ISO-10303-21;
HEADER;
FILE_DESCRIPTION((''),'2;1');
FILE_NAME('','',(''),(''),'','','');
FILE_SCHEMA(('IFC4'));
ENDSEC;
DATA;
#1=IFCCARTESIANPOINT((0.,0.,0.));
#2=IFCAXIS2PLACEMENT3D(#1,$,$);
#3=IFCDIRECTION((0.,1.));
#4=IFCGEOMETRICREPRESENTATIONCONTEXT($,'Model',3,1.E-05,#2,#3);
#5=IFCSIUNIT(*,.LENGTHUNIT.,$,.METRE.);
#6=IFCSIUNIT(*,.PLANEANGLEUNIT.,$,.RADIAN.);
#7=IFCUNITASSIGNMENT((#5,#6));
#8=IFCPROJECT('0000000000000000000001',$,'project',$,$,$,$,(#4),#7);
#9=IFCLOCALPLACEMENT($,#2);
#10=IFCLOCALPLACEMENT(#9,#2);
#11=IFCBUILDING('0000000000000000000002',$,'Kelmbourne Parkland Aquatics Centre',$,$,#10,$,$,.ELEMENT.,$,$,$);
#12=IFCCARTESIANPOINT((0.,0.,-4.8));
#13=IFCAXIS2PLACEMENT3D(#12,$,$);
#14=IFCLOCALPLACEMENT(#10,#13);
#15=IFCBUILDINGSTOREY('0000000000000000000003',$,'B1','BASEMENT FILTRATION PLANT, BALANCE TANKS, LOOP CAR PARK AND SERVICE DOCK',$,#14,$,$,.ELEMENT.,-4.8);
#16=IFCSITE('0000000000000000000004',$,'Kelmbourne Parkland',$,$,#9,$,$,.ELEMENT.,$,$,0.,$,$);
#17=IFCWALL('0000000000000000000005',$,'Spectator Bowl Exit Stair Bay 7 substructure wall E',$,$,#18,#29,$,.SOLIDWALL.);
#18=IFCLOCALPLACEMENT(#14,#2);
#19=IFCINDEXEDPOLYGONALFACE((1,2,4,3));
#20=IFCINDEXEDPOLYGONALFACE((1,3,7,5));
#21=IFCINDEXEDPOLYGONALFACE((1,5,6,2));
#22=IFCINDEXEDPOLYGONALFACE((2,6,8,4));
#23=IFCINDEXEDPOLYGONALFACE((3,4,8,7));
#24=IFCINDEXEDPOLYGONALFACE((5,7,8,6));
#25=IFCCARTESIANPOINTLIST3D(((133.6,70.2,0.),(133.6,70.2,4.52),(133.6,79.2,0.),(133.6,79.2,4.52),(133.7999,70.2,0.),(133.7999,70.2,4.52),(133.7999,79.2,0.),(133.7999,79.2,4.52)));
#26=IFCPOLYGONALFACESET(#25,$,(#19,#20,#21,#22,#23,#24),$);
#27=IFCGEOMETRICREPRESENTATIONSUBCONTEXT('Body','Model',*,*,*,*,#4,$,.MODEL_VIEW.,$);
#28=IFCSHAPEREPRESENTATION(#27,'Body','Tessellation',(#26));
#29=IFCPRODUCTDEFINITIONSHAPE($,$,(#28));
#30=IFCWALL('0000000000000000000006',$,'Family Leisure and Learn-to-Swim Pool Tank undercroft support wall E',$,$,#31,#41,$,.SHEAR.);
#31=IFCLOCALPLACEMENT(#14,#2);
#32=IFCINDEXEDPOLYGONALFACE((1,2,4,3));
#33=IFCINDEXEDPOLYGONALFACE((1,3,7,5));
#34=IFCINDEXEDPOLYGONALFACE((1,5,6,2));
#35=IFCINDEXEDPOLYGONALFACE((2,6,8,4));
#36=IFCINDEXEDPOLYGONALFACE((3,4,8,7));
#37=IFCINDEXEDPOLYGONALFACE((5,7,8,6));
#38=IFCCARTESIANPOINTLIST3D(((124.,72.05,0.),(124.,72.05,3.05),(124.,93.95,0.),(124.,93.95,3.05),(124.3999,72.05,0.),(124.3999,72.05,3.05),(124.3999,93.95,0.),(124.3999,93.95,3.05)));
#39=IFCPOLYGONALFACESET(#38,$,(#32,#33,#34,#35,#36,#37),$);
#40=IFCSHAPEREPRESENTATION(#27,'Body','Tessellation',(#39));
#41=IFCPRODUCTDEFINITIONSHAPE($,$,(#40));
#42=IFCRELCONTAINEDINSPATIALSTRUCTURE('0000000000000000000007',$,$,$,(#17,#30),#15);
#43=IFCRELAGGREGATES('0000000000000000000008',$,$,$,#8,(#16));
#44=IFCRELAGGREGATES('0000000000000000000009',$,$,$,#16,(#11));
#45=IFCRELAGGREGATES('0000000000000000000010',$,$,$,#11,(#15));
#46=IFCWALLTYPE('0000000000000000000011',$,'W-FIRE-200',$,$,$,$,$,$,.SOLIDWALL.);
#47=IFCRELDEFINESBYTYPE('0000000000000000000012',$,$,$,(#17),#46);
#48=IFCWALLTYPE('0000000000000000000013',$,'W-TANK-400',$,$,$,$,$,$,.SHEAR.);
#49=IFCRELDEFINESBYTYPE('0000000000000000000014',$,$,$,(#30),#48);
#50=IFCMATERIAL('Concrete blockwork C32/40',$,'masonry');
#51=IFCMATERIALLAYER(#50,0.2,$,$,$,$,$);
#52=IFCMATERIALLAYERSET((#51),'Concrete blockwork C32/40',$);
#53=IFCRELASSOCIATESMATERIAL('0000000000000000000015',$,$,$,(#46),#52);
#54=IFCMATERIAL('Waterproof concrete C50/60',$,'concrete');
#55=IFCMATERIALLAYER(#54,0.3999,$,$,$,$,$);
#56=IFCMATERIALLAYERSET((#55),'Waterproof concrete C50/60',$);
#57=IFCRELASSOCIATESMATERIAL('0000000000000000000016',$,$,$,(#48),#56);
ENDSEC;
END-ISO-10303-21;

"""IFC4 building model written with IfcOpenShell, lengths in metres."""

from ifc_helpers import new_model, si_unit, direction, frame, frame_2d, origin, place, context, subcontext, project, spatial, rectangle, extrude, material, layer, layer_set, type_object, element, save


model = new_model("IFC4")

# Units and contexts
model_context = context("Model", 3, precision=1e-05, world=origin(), true_north=direction((0.0, 1.0)))
body_context = subcontext(model_context, "Body", "Model", "MODEL_VIEW")
ifc_project = project(units=[si_unit("LENGTHUNIT", "METRE"), si_unit("PLANEANGLEUNIT", "RADIAN")], contexts=[model_context])

# Site, building, storey
site_placement = place(None, origin())
site = spatial("IfcSite", under=ifc_project, at=site_placement, Name="Kelmbourne Parkland", CompositionType="ELEMENT", RefElevation=0.0)
building_placement = place(site_placement, origin())
building = spatial("IfcBuilding", under=site, at=building_placement, Name="Kelmbourne Parkland Aquatics Centre", CompositionType="ELEMENT")
storey_placement = place(building_placement, frame((0.0, 0.0, -4.8)))
storey = spatial("IfcBuildingStorey", under=building, at=storey_placement, Name="B1", Description="BASEMENT FILTRATION PLANT, BALANCE TANKS, LOOP CAR PARK AND SERVICE DOCK", CompositionType="ELEMENT", Elevation=-4.8)

# Shared definitions
ifc_material_1 = material(Name="Waterproof concrete C50/60", Category="concrete")

# Walls
ifc_material_2 = material(Name="Concrete blockwork C32/40", Category="masonry")
ifc_layer_1 = layer(ifc_material_2, 0.2)
ifc_layer_set_1 = layer_set([ifc_layer_1], Name="Concrete blockwork C32/40")
wall_type_1 = type_object("IfcWallType", Name="W-FIRE-200", PredefinedType="SOLIDWALL", material=ifc_layer_set_1)
for number, where, z_axis, x_axis, name in (
    (1, (133.7, 70.2, 0.0), (0.0, 0.0, 1.0), (0.0, 1.0, 0.0), "Spectator Bowl Exit Stair Bay 7 substructure wall E"),
):
    element("IfcWall", number, at=place(storey_placement, frame(where, z_axis=z_axis, x_axis=x_axis)), inside=storey, type_object=wall_type_1, Name=name, PredefinedType="SOLIDWALL", context=body_context, shape_type="SweptSolid", body=[
        extrude(rectangle(XDim=9.0, YDim=0.2, at=frame_2d((4.5, 0.0))), origin(), (0.0, 0.0, 1.0), 4.52),
    ])
ifc_layer_2 = layer(ifc_material_1, 0.3999)
ifc_layer_set_2 = layer_set([ifc_layer_2], Name="Waterproof concrete C50/60")
wall_type_2 = type_object("IfcWallType", Name="W-TANK-400", PredefinedType="SHEAR", material=ifc_layer_set_2)
wall_placement = place(storey_placement, frame((124.2, 72.05, 0.0), z_axis=(0.0, 0.0, 1.0), x_axis=(0.0, 1.0, 0.0)))
element("IfcWall", 2, at=wall_placement, inside=storey, type_object=wall_type_2, Name="Family Leisure and Learn-to-Swim Pool Tank undercroft support wall E", PredefinedType="SHEAR", context=body_context, shape_type="SweptSolid", body=[
    extrude(rectangle(XDim=21.8999, YDim=0.3999, at=frame_2d((10.95, 0.0))), origin(), (0.0, 0.0, 1.0), 3.05),
])

save(model, "model.ifc")
